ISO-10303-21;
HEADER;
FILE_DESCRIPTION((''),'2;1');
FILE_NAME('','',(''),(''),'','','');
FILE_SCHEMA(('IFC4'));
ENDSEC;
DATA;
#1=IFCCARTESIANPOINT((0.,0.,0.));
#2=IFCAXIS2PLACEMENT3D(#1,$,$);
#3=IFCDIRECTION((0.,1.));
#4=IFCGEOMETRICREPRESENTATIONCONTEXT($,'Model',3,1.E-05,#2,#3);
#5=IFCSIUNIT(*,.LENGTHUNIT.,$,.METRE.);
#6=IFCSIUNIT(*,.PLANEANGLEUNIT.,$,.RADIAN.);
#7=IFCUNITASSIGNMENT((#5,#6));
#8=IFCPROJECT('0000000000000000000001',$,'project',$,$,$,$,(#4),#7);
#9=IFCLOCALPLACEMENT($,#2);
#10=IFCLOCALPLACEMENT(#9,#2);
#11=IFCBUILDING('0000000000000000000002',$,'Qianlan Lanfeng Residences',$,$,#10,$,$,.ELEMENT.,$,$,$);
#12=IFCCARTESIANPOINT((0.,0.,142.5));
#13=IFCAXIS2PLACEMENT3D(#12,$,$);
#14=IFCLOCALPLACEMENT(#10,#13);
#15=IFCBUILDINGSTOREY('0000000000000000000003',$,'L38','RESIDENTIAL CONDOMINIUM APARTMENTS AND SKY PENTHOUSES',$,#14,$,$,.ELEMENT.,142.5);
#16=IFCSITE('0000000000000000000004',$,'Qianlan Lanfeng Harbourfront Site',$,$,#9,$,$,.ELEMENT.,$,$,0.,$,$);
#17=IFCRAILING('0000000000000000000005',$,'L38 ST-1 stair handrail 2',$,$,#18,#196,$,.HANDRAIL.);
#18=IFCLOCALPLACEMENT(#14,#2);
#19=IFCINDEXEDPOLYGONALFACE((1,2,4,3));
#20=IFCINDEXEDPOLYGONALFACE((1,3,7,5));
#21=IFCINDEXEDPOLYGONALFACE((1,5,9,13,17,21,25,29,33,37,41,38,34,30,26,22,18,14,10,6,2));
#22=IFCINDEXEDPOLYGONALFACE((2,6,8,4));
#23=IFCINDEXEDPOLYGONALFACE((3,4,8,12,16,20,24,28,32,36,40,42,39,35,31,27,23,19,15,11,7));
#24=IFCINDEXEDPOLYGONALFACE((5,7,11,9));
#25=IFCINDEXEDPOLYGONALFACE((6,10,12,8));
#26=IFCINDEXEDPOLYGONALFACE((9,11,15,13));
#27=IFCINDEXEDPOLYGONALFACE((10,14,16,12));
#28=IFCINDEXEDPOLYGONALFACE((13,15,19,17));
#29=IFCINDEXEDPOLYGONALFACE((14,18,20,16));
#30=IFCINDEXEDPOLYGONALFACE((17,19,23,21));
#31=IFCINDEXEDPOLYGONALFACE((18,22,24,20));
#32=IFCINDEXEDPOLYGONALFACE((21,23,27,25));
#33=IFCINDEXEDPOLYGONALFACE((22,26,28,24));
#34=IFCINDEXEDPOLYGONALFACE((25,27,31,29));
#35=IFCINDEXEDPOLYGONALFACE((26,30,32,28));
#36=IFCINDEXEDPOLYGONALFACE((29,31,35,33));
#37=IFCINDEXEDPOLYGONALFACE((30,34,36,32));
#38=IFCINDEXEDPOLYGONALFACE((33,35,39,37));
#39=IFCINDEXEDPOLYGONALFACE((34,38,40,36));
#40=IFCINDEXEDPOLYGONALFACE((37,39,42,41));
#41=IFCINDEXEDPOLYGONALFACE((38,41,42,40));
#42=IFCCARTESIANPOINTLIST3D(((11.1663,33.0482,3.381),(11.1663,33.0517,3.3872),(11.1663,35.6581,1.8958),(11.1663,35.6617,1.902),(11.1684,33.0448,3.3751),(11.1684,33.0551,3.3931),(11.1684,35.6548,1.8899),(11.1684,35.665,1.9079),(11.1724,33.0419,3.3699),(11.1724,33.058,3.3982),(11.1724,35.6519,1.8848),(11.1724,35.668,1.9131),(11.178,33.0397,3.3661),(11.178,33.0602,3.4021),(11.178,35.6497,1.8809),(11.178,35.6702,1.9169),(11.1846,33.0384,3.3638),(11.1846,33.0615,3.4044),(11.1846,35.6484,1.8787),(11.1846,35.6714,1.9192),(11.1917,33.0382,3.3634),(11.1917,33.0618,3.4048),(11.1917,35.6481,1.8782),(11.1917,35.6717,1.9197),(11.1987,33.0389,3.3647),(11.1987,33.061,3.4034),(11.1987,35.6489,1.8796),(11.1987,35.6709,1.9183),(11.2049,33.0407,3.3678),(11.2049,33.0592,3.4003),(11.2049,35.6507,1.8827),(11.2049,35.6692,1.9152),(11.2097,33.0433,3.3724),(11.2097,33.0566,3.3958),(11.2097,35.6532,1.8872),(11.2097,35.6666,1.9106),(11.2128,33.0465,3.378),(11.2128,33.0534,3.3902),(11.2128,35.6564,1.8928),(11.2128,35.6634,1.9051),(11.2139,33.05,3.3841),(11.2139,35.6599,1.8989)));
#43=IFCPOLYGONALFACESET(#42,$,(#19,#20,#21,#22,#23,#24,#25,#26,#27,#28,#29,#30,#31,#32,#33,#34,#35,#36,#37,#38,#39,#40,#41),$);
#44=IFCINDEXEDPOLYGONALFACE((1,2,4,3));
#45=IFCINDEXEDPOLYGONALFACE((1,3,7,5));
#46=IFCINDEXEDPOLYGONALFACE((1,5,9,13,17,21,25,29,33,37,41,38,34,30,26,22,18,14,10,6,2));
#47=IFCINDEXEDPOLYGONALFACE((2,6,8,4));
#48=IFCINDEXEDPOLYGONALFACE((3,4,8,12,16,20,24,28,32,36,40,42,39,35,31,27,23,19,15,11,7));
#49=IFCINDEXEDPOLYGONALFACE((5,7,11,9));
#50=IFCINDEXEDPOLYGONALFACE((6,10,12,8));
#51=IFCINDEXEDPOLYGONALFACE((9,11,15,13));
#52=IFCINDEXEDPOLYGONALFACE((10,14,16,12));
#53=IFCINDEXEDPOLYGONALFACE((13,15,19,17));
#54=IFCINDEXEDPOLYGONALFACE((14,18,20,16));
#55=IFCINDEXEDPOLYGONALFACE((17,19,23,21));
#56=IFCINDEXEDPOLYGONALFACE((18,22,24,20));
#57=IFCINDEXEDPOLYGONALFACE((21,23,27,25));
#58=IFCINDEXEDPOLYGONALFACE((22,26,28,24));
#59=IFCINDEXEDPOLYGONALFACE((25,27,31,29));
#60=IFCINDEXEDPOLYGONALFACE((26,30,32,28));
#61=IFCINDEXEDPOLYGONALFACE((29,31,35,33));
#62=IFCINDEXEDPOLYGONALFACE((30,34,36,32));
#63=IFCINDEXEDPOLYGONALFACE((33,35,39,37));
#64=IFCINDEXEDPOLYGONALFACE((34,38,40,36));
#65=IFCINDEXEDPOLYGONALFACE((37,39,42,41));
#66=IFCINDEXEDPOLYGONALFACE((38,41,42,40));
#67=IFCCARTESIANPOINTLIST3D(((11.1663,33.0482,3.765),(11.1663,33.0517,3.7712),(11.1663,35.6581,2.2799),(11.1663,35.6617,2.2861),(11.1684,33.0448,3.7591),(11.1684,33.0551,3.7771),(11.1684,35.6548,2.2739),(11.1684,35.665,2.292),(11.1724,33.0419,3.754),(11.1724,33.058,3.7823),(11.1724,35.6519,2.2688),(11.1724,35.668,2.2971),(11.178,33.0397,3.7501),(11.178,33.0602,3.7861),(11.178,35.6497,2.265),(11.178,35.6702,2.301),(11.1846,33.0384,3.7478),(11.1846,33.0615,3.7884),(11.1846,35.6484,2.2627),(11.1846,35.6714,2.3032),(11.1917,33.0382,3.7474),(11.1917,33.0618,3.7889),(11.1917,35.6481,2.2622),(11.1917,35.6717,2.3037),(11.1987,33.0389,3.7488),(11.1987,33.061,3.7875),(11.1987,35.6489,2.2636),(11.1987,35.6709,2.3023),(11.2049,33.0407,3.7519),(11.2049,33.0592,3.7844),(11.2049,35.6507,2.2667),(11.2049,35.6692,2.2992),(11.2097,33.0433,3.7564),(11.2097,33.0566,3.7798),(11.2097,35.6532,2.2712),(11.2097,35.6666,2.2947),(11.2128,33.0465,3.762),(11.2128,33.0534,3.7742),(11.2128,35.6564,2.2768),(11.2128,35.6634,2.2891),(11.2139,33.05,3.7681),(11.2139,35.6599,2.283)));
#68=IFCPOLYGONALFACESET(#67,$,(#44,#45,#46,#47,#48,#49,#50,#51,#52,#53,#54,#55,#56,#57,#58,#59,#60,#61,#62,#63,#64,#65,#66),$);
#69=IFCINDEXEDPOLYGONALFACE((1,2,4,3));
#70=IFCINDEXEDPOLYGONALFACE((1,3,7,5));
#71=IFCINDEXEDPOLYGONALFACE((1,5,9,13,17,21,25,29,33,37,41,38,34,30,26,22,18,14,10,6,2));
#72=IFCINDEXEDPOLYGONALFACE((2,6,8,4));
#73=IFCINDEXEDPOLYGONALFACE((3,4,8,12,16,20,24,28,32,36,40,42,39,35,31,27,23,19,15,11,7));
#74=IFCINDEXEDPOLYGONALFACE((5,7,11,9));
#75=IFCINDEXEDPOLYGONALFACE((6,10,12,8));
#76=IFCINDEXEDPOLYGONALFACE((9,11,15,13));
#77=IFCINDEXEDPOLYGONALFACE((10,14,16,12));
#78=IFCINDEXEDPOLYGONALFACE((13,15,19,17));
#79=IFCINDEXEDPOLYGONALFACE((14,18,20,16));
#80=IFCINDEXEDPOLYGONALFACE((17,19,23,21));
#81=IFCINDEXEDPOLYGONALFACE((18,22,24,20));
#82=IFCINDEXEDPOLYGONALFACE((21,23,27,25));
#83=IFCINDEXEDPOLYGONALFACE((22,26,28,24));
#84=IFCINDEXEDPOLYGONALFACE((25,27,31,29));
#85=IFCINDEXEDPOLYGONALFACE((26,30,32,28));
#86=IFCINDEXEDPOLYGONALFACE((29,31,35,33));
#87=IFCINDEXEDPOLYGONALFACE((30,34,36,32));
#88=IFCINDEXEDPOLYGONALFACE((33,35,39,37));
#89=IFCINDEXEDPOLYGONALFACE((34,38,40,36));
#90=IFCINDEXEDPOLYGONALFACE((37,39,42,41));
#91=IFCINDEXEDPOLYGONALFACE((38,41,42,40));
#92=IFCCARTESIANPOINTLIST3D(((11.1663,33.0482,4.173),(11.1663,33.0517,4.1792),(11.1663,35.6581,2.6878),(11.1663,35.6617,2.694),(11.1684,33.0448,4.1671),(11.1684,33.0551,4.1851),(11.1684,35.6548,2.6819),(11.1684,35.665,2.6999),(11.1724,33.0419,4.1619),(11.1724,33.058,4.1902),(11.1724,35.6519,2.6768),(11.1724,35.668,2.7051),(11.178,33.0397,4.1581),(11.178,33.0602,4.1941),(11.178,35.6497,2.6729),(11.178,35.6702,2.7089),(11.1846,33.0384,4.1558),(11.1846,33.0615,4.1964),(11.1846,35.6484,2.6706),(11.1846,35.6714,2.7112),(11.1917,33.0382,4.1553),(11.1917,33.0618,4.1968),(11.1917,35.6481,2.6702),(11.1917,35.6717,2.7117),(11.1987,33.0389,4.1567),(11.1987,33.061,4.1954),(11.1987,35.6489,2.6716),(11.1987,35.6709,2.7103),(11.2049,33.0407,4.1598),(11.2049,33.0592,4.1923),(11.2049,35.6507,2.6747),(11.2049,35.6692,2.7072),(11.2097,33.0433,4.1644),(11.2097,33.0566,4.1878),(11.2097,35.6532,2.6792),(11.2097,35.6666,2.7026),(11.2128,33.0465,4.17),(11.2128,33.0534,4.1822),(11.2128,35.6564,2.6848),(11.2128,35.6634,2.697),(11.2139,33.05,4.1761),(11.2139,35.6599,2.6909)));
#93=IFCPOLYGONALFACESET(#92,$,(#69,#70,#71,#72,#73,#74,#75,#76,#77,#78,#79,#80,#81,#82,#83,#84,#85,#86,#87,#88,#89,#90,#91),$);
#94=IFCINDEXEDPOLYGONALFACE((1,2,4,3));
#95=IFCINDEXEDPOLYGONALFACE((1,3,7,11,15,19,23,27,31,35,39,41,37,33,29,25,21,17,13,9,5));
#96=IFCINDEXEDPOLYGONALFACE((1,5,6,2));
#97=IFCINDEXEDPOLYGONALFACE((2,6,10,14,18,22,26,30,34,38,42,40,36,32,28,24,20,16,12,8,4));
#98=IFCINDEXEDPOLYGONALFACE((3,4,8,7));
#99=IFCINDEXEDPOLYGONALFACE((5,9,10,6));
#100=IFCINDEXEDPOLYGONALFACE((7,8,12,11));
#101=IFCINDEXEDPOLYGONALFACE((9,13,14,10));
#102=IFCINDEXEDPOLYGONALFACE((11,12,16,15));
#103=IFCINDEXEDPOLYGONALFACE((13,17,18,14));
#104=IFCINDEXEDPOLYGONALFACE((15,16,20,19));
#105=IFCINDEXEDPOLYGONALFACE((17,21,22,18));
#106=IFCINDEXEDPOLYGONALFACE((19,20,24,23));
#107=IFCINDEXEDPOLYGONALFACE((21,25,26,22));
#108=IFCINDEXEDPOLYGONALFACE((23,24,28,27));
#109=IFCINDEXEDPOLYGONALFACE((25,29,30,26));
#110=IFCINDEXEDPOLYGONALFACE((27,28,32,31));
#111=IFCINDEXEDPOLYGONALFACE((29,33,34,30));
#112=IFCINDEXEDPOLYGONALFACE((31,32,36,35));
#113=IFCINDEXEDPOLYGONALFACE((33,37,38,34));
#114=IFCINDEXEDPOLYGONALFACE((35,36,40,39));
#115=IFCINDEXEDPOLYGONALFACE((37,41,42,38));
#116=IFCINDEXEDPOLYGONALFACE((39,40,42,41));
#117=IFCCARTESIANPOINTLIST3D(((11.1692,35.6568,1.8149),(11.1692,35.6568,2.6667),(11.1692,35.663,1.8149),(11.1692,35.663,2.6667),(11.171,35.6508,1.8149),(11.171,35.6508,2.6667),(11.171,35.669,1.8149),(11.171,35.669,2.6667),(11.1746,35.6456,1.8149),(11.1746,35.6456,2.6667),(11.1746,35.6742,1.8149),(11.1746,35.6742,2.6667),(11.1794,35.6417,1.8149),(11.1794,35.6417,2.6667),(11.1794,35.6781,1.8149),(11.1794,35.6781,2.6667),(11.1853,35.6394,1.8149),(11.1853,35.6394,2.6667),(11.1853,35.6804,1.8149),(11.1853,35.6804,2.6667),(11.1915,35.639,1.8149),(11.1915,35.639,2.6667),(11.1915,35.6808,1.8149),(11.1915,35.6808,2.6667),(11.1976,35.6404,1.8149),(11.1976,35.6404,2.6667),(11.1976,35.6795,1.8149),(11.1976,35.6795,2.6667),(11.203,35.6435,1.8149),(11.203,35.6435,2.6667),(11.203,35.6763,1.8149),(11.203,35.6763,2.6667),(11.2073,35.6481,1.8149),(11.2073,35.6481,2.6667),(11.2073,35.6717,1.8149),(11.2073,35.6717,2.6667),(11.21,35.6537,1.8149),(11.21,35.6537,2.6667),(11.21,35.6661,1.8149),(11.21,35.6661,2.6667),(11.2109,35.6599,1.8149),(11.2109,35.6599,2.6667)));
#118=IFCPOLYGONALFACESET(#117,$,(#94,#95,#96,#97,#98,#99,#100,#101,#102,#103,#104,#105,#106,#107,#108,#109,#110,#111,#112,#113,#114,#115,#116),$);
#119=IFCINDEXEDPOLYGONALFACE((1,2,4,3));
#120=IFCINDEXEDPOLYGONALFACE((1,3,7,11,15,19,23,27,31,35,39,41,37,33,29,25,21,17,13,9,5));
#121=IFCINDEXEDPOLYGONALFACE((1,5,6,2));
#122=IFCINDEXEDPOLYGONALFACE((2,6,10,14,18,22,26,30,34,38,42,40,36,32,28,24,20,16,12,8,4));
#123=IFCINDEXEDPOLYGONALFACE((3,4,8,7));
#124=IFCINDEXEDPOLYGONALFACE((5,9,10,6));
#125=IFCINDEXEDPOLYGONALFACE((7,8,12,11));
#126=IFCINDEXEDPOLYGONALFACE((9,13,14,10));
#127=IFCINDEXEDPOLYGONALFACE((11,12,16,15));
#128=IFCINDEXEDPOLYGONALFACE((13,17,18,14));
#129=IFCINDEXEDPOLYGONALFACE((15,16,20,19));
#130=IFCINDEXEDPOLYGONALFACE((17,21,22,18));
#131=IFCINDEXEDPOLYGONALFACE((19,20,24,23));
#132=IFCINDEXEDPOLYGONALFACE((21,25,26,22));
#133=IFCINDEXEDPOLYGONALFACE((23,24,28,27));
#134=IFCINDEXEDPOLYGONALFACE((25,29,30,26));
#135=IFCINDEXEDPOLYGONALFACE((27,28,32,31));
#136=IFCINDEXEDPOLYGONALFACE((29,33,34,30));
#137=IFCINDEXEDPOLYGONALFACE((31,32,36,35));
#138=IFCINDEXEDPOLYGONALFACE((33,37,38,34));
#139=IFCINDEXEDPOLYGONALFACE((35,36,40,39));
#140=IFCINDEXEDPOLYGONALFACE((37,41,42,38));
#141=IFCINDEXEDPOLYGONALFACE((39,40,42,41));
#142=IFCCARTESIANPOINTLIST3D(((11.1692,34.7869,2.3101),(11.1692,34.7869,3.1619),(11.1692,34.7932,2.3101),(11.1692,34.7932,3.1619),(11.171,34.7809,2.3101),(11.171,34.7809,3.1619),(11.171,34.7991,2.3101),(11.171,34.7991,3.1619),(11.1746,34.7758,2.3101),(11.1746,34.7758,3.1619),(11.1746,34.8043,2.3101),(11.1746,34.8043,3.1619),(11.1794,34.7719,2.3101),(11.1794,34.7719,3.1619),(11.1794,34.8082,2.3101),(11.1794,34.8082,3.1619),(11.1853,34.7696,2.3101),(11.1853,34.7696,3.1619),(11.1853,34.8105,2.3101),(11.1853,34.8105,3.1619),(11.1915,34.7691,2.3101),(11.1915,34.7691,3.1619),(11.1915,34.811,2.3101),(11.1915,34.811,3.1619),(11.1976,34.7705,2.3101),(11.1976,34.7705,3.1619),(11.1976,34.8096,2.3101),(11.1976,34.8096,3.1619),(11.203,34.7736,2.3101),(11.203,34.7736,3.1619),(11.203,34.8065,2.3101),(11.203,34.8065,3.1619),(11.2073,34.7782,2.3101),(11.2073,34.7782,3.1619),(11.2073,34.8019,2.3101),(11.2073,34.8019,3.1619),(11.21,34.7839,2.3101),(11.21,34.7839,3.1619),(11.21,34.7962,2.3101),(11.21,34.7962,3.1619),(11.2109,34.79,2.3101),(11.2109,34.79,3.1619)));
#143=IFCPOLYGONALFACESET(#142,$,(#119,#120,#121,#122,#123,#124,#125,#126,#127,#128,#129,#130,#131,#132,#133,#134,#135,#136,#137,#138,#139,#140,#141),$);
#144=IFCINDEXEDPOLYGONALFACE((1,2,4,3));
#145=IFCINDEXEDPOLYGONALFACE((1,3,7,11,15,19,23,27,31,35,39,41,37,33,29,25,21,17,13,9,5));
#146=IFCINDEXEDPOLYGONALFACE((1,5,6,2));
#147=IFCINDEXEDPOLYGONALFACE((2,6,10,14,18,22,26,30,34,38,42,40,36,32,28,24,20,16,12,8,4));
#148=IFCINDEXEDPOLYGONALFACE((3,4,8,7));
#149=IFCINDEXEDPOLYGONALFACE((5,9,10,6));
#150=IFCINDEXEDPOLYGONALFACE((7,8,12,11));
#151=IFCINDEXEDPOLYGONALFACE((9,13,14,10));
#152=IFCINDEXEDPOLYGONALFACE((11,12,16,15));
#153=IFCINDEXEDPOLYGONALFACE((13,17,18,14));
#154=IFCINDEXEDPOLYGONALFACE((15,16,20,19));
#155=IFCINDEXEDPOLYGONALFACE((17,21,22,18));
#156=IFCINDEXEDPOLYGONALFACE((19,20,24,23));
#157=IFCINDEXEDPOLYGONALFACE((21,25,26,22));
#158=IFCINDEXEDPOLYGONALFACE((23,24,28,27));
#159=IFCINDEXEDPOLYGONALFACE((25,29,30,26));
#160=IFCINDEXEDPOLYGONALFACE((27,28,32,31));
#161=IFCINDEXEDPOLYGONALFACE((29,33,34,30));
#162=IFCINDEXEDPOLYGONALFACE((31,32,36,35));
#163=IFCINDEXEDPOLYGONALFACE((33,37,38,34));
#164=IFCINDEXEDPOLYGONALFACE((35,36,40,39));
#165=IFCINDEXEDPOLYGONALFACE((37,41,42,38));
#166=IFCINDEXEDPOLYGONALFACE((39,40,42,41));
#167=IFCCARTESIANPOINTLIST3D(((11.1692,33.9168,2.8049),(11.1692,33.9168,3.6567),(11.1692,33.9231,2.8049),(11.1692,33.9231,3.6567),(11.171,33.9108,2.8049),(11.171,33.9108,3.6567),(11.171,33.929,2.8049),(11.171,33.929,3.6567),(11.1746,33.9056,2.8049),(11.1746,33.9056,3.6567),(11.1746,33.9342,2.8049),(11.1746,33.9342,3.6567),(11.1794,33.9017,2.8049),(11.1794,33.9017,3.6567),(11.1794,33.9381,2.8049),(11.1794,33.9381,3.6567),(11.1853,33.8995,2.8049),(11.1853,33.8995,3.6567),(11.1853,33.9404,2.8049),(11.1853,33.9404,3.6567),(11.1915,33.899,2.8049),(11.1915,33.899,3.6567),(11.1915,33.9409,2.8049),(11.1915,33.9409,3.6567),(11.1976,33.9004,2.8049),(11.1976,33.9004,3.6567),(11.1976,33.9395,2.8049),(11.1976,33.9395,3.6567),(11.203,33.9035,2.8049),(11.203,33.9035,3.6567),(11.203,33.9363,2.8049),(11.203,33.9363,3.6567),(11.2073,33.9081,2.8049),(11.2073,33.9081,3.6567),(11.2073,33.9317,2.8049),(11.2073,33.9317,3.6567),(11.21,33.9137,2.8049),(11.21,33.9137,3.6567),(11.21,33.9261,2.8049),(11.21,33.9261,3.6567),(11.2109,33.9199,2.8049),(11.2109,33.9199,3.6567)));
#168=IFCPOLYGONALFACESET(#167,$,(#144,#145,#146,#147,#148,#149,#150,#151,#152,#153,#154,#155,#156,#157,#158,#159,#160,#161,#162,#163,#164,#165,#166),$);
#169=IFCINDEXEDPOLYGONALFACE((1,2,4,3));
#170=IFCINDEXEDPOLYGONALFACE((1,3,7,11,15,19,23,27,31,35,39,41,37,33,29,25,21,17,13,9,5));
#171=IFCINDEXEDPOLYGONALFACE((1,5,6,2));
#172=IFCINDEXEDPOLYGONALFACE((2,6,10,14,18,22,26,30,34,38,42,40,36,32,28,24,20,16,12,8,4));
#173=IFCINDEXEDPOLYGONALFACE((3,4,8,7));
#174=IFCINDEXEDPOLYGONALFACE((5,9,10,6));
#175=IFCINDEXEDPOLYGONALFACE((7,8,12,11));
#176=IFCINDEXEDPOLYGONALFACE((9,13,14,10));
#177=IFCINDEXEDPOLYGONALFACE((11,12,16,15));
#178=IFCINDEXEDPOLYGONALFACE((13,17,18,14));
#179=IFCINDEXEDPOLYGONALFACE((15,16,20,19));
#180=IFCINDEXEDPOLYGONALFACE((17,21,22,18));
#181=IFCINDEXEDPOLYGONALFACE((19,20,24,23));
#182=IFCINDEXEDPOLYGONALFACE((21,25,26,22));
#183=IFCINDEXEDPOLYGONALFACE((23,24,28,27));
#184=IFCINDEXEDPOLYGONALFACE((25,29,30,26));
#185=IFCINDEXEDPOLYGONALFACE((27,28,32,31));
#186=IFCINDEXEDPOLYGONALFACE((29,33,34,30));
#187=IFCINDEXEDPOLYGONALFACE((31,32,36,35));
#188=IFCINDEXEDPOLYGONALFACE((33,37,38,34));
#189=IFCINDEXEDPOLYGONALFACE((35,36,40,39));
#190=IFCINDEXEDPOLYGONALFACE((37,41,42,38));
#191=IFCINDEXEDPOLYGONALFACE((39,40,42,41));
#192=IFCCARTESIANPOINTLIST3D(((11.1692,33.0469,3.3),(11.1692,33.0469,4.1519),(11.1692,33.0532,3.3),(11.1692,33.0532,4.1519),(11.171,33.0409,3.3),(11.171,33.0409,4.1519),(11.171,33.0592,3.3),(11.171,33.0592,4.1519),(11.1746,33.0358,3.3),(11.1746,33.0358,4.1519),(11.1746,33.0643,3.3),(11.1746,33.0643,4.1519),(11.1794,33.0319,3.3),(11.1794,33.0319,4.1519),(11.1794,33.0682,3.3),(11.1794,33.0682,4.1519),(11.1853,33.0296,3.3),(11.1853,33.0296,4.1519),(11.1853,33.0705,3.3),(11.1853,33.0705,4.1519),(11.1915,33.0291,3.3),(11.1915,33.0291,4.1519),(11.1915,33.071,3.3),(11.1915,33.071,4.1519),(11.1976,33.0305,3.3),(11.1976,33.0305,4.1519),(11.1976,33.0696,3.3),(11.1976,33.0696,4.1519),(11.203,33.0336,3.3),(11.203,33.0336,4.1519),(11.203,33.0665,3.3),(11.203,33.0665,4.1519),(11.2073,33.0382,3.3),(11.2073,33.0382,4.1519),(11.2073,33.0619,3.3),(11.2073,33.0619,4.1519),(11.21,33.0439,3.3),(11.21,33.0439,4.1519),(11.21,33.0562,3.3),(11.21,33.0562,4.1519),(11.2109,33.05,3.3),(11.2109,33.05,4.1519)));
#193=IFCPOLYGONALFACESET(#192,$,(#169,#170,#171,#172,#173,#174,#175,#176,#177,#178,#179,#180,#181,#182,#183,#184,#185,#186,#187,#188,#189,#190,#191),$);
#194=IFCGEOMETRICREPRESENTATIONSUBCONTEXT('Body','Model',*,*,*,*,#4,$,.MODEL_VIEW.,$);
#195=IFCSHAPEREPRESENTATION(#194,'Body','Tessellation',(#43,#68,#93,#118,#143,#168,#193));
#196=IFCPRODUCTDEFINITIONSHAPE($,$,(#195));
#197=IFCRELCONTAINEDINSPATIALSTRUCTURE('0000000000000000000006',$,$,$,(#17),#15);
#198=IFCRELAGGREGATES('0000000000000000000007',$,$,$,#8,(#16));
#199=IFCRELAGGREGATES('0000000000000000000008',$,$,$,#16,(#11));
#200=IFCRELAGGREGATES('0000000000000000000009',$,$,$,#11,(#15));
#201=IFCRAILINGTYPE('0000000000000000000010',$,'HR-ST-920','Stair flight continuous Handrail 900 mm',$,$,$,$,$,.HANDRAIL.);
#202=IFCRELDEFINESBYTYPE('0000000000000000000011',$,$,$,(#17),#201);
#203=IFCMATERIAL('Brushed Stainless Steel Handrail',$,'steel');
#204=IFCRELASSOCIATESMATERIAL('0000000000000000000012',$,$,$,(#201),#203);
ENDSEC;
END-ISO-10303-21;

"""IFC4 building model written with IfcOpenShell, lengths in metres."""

from ifc_helpers import new_model, si_unit, direction, frame, origin, origin_2d, place, context, subcontext, project, spatial, circle, extrude, material, type_object, element, save


model = new_model("IFC4")

# Units and contexts
model_context = context("Model", 3, precision=1e-05, world=origin(), true_north=direction((0.0, 1.0)))
body_context = subcontext(model_context, "Body", "Model", "MODEL_VIEW")
ifc_project = project(units=[si_unit("LENGTHUNIT", "METRE"), si_unit("PLANEANGLEUNIT", "RADIAN")], contexts=[model_context])

# Site, building, storey
site_placement = place(None, origin())
site = spatial("IfcSite", under=ifc_project, at=site_placement, Name="Qianlan Lanfeng Harbourfront Site", CompositionType="ELEMENT", RefElevation=0.0)
building_placement = place(site_placement, origin())
building = spatial("IfcBuilding", under=site, at=building_placement, Name="Qianlan Lanfeng Residences", CompositionType="ELEMENT")
storey_placement = place(building_placement, frame((0.0, 0.0, 142.5)))
storey = spatial("IfcBuildingStorey", under=building, at=storey_placement, Name="L38", Description="RESIDENTIAL CONDOMINIUM APARTMENTS AND SKY PENTHOUSES", CompositionType="ELEMENT", Elevation=142.5)

# Railing
ifc_material_1 = material(Name="Brushed Stainless Steel Handrail", Category="steel")
railing_type_1 = type_object("IfcRailingType", Name="HR-ST-920", Description="Stair flight continuous Handrail 900 mm", PredefinedType="HANDRAIL", material=ifc_material_1)
railing_1_placement = place(storey_placement, frame((11.1899, 35.6599, 1.8149)))
element("IfcRailing", 1, at=railing_1_placement, inside=storey, type_object=railing_type_1, Name="L38 ST-1 stair handrail 2", PredefinedType="HANDRAIL", context=body_context, shape_type="SweptSolid", body=[
    extrude(circle(Radius=0.0239, at=origin_2d()), frame((0.0, 0.0, 0.084), z_axis=(0.0, -0.869137, 0.494571), x_axis=(1.0, 0.0, 0.0)), (0.0, 0.0, 1.0), 3.0029),
    extrude(circle(Radius=0.0239, at=origin_2d()), frame((0.0, 0.0, 0.468), z_axis=(0.0, -0.869137, 0.494571), x_axis=(1.0, 0.0, 0.0)), (0.0, 0.0, 1.0), 3.0029),
    extrude(circle(Radius=0.0239, at=origin_2d()), frame((0.0, 0.0, 0.876), z_axis=(0.0, -0.869137, 0.494571), x_axis=(1.0, 0.0, 0.0)), (0.0, 0.0, 1.0), 3.0029),
    extrude(circle(Radius=0.021, at=origin_2d()), origin(), (0.0, 0.0, 1.0), 0.8518),
    extrude(circle(Radius=0.021, at=origin_2d()), frame((0.0, -0.8699, 0.4951)), (0.0, 0.0, 1.0), 0.8518),
    extrude(circle(Radius=0.021, at=origin_2d()), frame((0.0, -1.74, 0.99)), (0.0, 0.0, 1.0), 0.8518),
    extrude(circle(Radius=0.021, at=origin_2d()), frame((0.0, -2.6099, 1.4851)), (0.0, 0.0, 1.0), 0.8518),
])

save(model, "model.ifc")
